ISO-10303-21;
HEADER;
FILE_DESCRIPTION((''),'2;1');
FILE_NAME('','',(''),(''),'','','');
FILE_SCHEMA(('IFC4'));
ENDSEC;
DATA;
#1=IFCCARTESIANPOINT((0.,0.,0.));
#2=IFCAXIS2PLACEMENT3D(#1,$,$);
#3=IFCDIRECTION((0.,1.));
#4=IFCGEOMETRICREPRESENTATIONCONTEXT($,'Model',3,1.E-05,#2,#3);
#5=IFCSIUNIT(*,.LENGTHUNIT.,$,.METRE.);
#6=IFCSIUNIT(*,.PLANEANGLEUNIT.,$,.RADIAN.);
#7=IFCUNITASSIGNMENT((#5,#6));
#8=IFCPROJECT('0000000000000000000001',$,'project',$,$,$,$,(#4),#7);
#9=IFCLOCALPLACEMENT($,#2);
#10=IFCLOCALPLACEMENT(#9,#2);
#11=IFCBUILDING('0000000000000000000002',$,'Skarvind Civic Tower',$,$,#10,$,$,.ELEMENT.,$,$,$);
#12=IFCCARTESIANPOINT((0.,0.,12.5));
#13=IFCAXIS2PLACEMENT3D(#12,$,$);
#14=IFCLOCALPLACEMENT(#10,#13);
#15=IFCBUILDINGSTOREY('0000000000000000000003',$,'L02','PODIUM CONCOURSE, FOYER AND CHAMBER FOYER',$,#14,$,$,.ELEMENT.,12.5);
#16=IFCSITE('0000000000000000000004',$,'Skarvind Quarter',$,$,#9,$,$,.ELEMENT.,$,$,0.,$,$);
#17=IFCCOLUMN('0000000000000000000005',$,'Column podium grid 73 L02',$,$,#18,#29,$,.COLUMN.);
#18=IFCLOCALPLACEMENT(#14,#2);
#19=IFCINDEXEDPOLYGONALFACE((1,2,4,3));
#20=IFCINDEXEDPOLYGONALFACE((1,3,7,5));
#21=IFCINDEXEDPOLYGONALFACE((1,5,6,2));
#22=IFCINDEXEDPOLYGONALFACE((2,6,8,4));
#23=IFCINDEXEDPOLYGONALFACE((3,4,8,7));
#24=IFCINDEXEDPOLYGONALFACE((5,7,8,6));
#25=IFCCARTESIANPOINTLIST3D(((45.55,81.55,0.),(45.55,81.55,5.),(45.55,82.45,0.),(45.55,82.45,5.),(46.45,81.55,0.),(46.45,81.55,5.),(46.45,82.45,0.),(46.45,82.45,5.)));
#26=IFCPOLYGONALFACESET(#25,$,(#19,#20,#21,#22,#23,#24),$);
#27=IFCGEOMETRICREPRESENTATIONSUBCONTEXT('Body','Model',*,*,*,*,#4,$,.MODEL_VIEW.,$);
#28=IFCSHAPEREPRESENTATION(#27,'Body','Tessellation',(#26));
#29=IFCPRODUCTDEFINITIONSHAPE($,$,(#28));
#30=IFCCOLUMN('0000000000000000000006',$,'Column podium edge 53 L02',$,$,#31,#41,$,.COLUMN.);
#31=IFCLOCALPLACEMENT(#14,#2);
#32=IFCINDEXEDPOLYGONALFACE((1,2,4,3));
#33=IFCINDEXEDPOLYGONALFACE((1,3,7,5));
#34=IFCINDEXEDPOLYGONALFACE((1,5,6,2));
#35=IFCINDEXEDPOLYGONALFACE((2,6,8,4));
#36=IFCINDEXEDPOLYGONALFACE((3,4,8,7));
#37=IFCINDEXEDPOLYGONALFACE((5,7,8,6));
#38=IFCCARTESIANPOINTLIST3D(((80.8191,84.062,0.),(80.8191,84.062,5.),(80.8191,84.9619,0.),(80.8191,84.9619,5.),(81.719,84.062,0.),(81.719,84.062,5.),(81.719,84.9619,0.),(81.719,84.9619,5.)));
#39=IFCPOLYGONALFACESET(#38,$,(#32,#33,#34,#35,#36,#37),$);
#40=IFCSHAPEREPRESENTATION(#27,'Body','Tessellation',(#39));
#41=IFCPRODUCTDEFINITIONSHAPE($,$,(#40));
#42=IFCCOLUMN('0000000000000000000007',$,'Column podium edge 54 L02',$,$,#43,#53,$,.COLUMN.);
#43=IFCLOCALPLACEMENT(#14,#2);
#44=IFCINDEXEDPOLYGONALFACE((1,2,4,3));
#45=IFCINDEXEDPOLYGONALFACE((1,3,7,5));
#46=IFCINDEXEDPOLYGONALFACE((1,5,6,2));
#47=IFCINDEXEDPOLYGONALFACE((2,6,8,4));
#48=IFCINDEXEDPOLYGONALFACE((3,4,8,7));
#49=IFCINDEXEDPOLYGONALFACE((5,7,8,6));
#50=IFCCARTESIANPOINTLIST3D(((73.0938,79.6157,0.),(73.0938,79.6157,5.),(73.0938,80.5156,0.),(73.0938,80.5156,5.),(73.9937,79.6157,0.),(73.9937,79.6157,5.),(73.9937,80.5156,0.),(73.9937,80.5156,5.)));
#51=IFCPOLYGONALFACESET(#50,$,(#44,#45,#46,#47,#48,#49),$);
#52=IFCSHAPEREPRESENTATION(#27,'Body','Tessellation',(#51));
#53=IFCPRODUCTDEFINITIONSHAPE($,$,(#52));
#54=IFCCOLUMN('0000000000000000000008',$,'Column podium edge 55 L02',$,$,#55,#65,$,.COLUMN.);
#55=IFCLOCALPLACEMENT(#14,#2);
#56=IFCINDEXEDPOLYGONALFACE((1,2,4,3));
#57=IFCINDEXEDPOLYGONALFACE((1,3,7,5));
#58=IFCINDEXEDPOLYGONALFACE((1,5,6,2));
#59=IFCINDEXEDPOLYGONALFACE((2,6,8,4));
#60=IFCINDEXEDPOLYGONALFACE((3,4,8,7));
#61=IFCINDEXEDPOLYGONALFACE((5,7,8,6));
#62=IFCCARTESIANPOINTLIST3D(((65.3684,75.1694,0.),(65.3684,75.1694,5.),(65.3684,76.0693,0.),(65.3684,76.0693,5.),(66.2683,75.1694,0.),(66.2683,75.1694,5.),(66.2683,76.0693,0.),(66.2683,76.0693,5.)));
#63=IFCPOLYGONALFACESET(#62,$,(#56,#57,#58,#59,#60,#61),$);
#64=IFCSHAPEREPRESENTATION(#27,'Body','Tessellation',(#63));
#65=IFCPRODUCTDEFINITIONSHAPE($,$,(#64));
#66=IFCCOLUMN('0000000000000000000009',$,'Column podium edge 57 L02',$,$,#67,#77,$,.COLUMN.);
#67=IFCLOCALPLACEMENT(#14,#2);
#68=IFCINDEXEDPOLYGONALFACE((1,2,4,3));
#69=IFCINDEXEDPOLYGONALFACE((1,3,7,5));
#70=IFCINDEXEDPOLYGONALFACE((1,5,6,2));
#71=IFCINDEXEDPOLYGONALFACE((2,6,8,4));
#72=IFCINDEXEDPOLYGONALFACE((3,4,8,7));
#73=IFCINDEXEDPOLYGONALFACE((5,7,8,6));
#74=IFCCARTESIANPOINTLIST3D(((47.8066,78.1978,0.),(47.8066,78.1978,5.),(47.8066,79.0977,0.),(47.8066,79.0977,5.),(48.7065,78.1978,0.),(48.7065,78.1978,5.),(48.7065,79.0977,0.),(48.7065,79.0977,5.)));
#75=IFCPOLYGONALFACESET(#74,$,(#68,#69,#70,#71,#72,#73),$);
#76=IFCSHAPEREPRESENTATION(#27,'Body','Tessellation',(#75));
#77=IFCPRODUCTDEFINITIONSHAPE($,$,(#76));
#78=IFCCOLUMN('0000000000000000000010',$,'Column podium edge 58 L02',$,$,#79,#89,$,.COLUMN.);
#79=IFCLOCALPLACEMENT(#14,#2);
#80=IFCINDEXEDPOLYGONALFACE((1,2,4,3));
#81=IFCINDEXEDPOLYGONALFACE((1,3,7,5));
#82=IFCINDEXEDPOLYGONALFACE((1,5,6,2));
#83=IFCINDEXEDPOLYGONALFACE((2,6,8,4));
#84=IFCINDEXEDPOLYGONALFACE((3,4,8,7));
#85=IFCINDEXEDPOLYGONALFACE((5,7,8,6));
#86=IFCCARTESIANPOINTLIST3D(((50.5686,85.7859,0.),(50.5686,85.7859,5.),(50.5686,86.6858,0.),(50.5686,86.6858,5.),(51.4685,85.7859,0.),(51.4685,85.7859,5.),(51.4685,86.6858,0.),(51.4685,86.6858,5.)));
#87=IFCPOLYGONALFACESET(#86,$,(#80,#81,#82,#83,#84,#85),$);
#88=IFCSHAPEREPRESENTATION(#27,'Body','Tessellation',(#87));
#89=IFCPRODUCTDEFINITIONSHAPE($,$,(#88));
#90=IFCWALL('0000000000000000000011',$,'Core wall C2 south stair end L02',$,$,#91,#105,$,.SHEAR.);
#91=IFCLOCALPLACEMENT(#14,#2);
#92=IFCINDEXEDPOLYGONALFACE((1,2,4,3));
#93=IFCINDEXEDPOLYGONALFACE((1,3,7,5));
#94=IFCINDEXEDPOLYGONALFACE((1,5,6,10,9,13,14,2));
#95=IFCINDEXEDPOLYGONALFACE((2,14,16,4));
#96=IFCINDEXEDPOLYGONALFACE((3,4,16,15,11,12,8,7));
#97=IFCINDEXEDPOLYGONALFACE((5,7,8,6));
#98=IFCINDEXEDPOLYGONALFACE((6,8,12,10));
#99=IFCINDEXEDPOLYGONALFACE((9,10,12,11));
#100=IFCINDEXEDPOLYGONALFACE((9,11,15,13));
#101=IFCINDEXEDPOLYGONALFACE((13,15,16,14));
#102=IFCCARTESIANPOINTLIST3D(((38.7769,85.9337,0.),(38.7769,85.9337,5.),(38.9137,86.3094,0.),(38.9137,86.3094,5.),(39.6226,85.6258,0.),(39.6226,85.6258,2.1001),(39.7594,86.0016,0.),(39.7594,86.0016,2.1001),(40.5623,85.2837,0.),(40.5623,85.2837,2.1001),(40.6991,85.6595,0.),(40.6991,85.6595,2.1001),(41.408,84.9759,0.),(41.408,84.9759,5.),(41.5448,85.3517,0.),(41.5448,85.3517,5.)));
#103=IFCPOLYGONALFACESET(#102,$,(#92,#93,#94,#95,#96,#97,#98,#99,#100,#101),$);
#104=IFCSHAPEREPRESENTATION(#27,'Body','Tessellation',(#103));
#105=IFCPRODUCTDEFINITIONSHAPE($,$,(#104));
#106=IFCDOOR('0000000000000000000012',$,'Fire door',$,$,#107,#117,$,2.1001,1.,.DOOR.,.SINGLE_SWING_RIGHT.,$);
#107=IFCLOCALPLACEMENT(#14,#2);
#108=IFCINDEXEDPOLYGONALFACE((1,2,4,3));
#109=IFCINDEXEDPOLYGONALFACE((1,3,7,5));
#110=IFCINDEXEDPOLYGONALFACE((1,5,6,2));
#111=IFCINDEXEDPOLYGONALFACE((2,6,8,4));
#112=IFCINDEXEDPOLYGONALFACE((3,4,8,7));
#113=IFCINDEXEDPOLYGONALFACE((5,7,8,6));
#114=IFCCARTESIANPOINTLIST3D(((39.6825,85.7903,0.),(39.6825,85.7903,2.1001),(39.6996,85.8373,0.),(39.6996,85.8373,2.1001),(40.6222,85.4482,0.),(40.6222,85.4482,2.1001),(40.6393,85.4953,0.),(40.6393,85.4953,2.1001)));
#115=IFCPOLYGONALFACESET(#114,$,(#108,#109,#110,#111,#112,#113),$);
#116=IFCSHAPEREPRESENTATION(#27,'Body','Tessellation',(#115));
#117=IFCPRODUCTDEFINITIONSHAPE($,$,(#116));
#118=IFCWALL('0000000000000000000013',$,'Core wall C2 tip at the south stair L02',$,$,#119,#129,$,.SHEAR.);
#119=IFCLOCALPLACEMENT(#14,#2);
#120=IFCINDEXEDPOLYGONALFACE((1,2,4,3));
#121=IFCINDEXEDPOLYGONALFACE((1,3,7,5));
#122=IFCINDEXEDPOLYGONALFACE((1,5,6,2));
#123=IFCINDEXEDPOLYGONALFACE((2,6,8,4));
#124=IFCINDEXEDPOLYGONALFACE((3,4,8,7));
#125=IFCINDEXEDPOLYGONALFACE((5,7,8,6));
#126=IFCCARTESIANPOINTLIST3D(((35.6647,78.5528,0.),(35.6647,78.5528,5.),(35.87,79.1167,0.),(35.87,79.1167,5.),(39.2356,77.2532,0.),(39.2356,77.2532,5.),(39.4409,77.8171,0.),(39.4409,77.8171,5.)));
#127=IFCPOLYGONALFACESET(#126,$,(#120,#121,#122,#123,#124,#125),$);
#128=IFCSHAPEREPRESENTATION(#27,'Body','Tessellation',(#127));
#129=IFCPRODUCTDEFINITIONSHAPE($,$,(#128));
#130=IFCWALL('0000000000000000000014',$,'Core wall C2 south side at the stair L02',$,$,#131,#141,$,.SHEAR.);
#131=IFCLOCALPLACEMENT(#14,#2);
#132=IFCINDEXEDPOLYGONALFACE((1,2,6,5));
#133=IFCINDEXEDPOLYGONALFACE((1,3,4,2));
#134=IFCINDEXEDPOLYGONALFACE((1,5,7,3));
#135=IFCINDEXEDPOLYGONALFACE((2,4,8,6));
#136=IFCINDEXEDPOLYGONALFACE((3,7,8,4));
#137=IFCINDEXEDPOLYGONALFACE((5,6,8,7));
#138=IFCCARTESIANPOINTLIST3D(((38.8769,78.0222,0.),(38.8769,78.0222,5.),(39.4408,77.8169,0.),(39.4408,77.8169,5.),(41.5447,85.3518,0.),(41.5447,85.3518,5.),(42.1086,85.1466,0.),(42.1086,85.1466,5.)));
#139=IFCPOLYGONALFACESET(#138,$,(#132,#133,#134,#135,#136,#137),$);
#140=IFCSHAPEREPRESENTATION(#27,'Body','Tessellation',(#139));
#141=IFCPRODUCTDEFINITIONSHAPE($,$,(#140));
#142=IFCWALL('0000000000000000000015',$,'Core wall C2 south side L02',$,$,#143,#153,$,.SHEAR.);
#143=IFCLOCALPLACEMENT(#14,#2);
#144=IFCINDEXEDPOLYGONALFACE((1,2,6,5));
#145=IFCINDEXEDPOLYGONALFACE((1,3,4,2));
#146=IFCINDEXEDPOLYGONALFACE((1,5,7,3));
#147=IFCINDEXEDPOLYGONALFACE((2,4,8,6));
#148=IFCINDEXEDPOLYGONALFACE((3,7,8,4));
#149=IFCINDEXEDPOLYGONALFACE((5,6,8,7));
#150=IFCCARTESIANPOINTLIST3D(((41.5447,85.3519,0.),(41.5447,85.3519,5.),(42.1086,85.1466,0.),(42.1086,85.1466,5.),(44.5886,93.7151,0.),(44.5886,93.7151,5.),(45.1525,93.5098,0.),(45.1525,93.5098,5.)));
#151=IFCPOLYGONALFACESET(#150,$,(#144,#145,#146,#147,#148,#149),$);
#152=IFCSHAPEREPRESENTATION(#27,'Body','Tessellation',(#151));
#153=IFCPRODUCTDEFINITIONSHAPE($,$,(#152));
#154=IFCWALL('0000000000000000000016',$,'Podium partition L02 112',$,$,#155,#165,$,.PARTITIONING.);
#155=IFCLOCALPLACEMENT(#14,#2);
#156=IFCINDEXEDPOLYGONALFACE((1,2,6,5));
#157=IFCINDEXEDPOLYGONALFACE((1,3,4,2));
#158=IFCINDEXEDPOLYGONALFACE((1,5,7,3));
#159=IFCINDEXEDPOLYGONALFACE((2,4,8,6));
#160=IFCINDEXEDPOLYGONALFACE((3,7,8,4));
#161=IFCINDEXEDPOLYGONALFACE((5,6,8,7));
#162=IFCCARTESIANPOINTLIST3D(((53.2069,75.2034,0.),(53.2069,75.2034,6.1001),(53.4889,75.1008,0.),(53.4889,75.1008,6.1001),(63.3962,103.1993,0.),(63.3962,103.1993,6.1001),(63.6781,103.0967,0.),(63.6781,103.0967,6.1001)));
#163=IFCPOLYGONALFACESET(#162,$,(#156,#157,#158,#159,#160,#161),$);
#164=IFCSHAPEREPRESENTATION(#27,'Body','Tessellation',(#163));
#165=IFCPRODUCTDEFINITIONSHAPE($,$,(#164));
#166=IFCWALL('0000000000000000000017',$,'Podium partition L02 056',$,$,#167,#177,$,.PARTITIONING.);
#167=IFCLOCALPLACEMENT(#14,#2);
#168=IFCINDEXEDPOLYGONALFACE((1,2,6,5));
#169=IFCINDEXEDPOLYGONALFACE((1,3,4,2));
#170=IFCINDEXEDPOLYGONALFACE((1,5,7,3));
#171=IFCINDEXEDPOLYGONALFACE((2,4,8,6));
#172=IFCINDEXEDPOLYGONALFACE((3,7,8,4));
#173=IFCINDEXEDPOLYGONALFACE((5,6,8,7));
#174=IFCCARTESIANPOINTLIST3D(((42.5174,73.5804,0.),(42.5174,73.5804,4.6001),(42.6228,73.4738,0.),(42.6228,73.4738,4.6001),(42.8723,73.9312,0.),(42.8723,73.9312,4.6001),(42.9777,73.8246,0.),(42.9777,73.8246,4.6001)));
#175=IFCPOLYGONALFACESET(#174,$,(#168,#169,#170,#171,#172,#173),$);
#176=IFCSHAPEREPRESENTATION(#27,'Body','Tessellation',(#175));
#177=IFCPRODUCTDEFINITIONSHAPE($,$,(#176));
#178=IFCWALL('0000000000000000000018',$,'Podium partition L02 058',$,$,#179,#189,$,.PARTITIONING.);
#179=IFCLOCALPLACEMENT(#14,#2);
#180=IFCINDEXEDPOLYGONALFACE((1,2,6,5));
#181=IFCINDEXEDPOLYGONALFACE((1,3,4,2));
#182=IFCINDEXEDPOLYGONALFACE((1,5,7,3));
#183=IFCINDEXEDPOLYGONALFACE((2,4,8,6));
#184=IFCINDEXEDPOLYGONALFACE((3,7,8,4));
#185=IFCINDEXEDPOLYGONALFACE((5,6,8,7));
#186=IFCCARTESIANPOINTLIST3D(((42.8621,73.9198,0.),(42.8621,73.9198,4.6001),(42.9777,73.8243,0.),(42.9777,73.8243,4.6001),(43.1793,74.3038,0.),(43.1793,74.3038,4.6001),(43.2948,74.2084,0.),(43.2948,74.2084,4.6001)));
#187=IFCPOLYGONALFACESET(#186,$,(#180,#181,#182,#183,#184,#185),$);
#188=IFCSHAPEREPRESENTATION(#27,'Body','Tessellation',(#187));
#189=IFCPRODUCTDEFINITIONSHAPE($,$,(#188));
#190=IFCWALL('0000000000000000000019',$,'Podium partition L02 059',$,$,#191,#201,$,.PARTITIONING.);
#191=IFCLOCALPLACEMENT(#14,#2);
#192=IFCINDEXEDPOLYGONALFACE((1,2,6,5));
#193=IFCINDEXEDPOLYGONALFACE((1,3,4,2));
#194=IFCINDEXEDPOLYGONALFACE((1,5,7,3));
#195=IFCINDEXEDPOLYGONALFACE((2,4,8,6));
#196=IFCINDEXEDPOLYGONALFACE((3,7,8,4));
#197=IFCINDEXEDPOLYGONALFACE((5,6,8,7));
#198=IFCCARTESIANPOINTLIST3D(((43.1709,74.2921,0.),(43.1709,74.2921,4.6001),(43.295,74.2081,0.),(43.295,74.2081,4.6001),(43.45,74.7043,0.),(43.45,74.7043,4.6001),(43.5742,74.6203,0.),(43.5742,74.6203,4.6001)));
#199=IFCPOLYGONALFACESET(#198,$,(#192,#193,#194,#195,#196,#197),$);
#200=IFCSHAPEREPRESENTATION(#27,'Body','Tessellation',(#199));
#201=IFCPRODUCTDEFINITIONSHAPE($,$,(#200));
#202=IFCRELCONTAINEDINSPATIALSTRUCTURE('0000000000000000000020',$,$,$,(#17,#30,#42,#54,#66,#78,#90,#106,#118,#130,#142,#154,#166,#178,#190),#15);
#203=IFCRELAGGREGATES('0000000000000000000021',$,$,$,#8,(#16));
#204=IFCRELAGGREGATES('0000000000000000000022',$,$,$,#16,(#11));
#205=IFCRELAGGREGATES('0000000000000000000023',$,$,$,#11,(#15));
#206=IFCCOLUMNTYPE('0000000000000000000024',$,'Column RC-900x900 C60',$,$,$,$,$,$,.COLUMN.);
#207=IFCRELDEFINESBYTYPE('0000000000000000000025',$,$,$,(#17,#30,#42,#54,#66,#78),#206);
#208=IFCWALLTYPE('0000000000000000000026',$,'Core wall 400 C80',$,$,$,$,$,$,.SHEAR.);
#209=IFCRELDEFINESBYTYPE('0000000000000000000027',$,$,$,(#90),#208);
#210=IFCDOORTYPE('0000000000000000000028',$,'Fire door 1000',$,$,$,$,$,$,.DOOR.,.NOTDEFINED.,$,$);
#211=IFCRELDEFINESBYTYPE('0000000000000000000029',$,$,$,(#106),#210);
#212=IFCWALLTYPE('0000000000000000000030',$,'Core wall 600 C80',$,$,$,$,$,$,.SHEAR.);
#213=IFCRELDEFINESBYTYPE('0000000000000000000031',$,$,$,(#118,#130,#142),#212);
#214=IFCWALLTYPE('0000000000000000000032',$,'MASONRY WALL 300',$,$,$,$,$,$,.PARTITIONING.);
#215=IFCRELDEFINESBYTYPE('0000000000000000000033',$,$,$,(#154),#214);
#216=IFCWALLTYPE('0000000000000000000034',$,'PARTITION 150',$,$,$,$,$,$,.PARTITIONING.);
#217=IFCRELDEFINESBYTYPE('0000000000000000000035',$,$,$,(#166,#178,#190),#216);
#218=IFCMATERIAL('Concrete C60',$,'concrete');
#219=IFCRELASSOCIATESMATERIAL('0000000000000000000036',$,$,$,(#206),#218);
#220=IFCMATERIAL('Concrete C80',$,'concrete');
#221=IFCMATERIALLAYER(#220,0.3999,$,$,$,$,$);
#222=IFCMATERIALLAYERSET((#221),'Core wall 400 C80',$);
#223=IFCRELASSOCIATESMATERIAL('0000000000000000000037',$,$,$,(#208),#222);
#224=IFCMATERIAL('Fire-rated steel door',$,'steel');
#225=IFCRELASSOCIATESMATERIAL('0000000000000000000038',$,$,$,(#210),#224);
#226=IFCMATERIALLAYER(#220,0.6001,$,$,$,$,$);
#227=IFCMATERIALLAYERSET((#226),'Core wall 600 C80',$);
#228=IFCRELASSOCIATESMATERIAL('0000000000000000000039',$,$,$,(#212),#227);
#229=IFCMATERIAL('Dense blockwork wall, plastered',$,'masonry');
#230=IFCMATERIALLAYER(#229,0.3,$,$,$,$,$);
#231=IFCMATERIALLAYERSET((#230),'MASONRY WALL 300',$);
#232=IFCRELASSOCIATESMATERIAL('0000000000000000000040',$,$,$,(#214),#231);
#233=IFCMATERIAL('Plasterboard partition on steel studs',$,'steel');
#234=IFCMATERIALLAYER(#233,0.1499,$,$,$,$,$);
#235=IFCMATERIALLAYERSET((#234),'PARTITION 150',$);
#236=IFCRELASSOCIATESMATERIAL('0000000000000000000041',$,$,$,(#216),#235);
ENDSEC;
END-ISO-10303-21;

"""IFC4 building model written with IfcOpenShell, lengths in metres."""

from ifc_helpers import new_model, si_unit, direction, frame, frame_2d, origin, origin_2d, place, context, subcontext, project, spatial, rectangle, extrude, material, layer, layer_set, material_profile, profile_set, type_object, element, fill, save


model = new_model("IFC4")

# Units and contexts
model_context = context("Model", 3, precision=1e-05, world=origin(), true_north=direction((0.0, 1.0)))
body_context = subcontext(model_context, "Body", "Model", "MODEL_VIEW")
ifc_project = project(units=[si_unit("LENGTHUNIT", "METRE"), si_unit("PLANEANGLEUNIT", "RADIAN")], contexts=[model_context])

# Site, building, storey
site_placement = place(None, origin())
site = spatial("IfcSite", under=ifc_project, at=site_placement, Name="Skarvind Quarter", CompositionType="ELEMENT", RefElevation=0.0)
building_placement = place(site_placement, origin())
building = spatial("IfcBuilding", under=site, at=building_placement, Name="Skarvind Civic Tower", CompositionType="ELEMENT")
storey_placement = place(building_placement, frame((0.0, 0.0, 12.5)))
storey = spatial("IfcBuildingStorey", under=building, at=storey_placement, Name="L02", Description="PODIUM CONCOURSE, FOYER AND CHAMBER FOYER", CompositionType="ELEMENT", Elevation=12.5)

# Columns
ifc_material_1 = material(Name="Concrete C60", Category="concrete")
ifc_material_profile = material_profile(ifc_material_1, rectangle(XDim=0.8999, YDim=0.8999, at=origin_2d()), Name="RC-900x900")
ifc_profile_set = profile_set([ifc_material_profile], Name="Concrete C60")
column_type = type_object("IfcColumnType", Name="Column RC-900x900 C60", PredefinedType="COLUMN", material=ifc_profile_set)
for number, where, z_axis, x_axis, name in (
    (1, (46.0, 82.0, 0.0), (0.0, 0.0, 1.0), (1.0, 0.0, 0.0), "Column podium grid 73 L02"),
    (2, (81.269, 84.512, 0.0), (0.0, 0.0, 1.0), (1.0, 0.0, 0.0), "Column podium edge 53 L02"),
    (3, (73.5437, 80.0657, 0.0), (0.0, 0.0, 1.0), (1.0, 0.0, 0.0), "Column podium edge 54 L02"),
    (4, (65.8184, 75.6194, 0.0), (0.0, 0.0, 1.0), (1.0, 0.0, 0.0), "Column podium edge 55 L02"),
    (5, (48.2566, 78.6477, 0.0), (0.0, 0.0, 1.0), (1.0, 0.0, 0.0), "Column podium edge 57 L02"),
    (6, (51.0186, 86.2358, 0.0), (0.0, 0.0, 1.0), (1.0, 0.0, 0.0), "Column podium edge 58 L02"),
):
    element("IfcColumn", number, at=place(storey_placement, frame(where, z_axis=z_axis, x_axis=x_axis)), inside=storey, type_object=column_type, Name=name, PredefinedType="COLUMN", context=body_context, shape_type="SweptSolid", body=[
        extrude(rectangle(XDim=0.8999, YDim=0.8999, at=origin_2d()), origin(), (0.0, 0.0, 1.0), 5.0),
    ])

# Wall, opening, door
ifc_material_2 = material(Name="Concrete C80", Category="concrete")
ifc_layer_1 = layer(ifc_material_2, 0.3999)
ifc_layer_set_1 = layer_set([ifc_layer_1], Name="Core wall 400 C80")
wall_type_1 = type_object("IfcWallType", Name="Core wall 400 C80", PredefinedType="SHEAR", material=ifc_layer_set_1)
wall_1_placement = place(storey_placement, frame((41.4763, 85.1638, 0.0), z_axis=(0.0, 0.0, 1.0), x_axis=(-0.939679, 0.342058, 0.0)))
wall_1 = element("IfcWall", 7, at=wall_1_placement, inside=storey, type_object=wall_type_1, Name="Core wall C2 south stair end L02", PredefinedType="SHEAR", context=body_context, shape_type="SweptSolid", body=[
    extrude(rectangle(XDim=2.8, YDim=0.3999, at=frame_2d((1.3999, 0.0))), origin(), (0.0, 0.0, 1.0), 5.0),
])
opening_1_placement = place(wall_1_placement, frame((0.8999, 0.0, 0.0)))
opening_1 = element("IfcOpeningElement", 8, at=opening_1_placement, cuts=wall_1, PredefinedType="OPENING", context=body_context, shape_type="SweptSolid", body=[
    extrude(rectangle(XDim=1.0, YDim=2.1001, at=frame_2d((0.5, 1.05))), frame((0.0, 0.21, 0.0), z_axis=(0.0, -1.0, 0.0), x_axis=(1.0, 0.0, 0.0)), (0.0, 0.0, 1.0), 0.4199),
])
ifc_material_3 = material(Name="Fire-rated steel door", Category="steel")
door_type_1 = type_object("IfcDoorType", Name="Fire door 1000", OperationType="NOTDEFINED", PredefinedType="DOOR", material=ifc_material_3)
door_1_placement = place(opening_1_placement, origin())
door_1 = element("IfcDoor", 9, at=door_1_placement, inside=storey, type_object=door_type_1, Name="Fire door", OperationType="SINGLE_SWING_RIGHT", OverallHeight=2.1001, OverallWidth=1.0, PredefinedType="DOOR", context=body_context, shape_type="SweptSolid", body=[
    extrude(rectangle(XDim=1.0, YDim=2.1001, at=frame_2d((0.5, 1.05))), frame((0.0, 0.0249, 0.0), z_axis=(0.0, -1.0, 0.0), x_axis=(1.0, 0.0, 0.0)), (0.0, 0.0, 1.0), 0.05),
])
fill(opening_1, door_1)

# Walls
ifc_layer_2 = layer(ifc_material_2, 0.6001)
ifc_layer_set_2 = layer_set([ifc_layer_2], Name="Core wall 600 C80")
wall_type_2 = type_object("IfcWallType", Name="Core wall 600 C80", PredefinedType="SHEAR", material=ifc_layer_set_2)
wall_2_placement = place(storey_placement, frame((39.3381, 77.5352, 0.0), z_axis=(0.0, 0.0, 1.0), x_axis=(-0.939701, 0.341996, 0.0)))
element("IfcWall", 10, at=wall_2_placement, inside=storey, type_object=wall_type_2, Name="Core wall C2 tip at the south stair L02", PredefinedType="SHEAR", context=body_context, shape_type="SweptSolid", body=[
    extrude(rectangle(XDim=3.8, YDim=0.6001, at=frame_2d((1.8999, 0.0))), origin(), (0.0, 0.0, 1.0), 5.0),
])
wall_3_placement = place(storey_placement, frame((39.1589, 77.9197, 0.0), z_axis=(0.0, 0.0, 1.0), x_axis=(0.342017, 0.939694, 0.0)))
element("IfcWall", 11, at=wall_3_placement, inside=storey, type_object=wall_type_2, Name="Core wall C2 south side at the stair L02", PredefinedType="SHEAR", context=body_context, shape_type="SweptSolid", body=[
    extrude(rectangle(XDim=7.8, YDim=0.6001, at=frame_2d((3.8999, 0.0))), origin(), (0.0, 0.0, 1.0), 5.0),
])
wall_4_placement = place(storey_placement, frame((41.8267, 85.2493, 0.0), z_axis=(0.0, 0.0, 1.0), x_axis=(0.342016, 0.939694, 0.0)))
element("IfcWall", 12, at=wall_4_placement, inside=storey, type_object=wall_type_2, Name="Core wall C2 south side L02", PredefinedType="SHEAR", context=body_context, shape_type="SweptSolid", body=[
    extrude(rectangle(XDim=8.8999, YDim=0.6001, at=frame_2d((4.45, 0.0))), origin(), (0.0, 0.0, 1.0), 5.0),
])
ifc_material_4 = material(Name="Dense blockwork wall, plastered", Category="masonry")
ifc_layer_3 = layer(ifc_material_4, 0.3)
ifc_layer_set_3 = layer_set([ifc_layer_3], Name="MASONRY WALL 300")
wall_type_3 = type_object("IfcWallType", Name="MASONRY WALL 300", PredefinedType="PARTITIONING", material=ifc_layer_set_3)
wall_5_placement = place(storey_placement, frame((53.3479, 75.1521, 0.0), z_axis=(0.0, 0.0, 1.0), x_axis=(0.342007, 0.939697, 0.0)))
element("IfcWall", 13, at=wall_5_placement, inside=storey, type_object=wall_type_3, Name="Podium partition L02 112", PredefinedType="PARTITIONING", context=body_context, shape_type="SweptSolid", body=[
    extrude(rectangle(XDim=29.7925, YDim=0.3, at=frame_2d((14.8962, 0.0))), origin(), (0.0, 0.0, 1.0), 6.1001),
])
ifc_material_5 = material(Name="Plasterboard partition on steel studs", Category="steel")
ifc_layer_4 = layer(ifc_material_5, 0.1499)
ifc_layer_set_4 = layer_set([ifc_layer_4], Name="PARTITION 150")
wall_type_4 = type_object("IfcWallType", Name="PARTITION 150", PredefinedType="PARTITIONING", material=ifc_layer_set_4)
wall_6_placement = place(storey_placement, frame((42.5701, 73.5271, 0.0), z_axis=(0.0, 0.0, 1.0), x_axis=(0.711252, 0.702937, 0.0)))
element("IfcWall", 14, at=wall_6_placement, inside=storey, type_object=wall_type_4, Name="Podium partition L02 056", PredefinedType="PARTITIONING", context=body_context, shape_type="SweptSolid", body=[
    extrude(rectangle(XDim=0.499, YDim=0.1499, at=frame_2d((0.2495, 0.0))), origin(), (0.0, 0.0, 1.0), 4.6001),
])
wall_7_placement = place(storey_placement, frame((42.9199, 73.8721, 0.0), z_axis=(0.0, 0.0, 1.0), x_axis=(0.636755, 0.771066, 0.0)))
element("IfcWall", 15, at=wall_7_placement, inside=storey, type_object=wall_type_4, Name="Podium partition L02 058", PredefinedType="PARTITIONING", context=body_context, shape_type="SweptSolid", body=[
    extrude(rectangle(XDim=0.498, YDim=0.1499, at=frame_2d((0.249, 0.0))), origin(), (0.0, 0.0, 1.0), 4.6001),
])
wall_8_placement = place(storey_placement, frame((43.2329, 74.25, 0.0), z_axis=(0.0, 0.0, 1.0), x_axis=(0.560685, 0.828029, 0.0)))
element("IfcWall", 16, at=wall_8_placement, inside=storey, type_object=wall_type_4, Name="Podium partition L02 059", PredefinedType="PARTITIONING", context=body_context, shape_type="SweptSolid", body=[
    extrude(rectangle(XDim=0.4978, YDim=0.1499, at=frame_2d((0.249, 0.0))), origin(), (0.0, 0.0, 1.0), 4.6001),
])

save(model, "model.ifc")
